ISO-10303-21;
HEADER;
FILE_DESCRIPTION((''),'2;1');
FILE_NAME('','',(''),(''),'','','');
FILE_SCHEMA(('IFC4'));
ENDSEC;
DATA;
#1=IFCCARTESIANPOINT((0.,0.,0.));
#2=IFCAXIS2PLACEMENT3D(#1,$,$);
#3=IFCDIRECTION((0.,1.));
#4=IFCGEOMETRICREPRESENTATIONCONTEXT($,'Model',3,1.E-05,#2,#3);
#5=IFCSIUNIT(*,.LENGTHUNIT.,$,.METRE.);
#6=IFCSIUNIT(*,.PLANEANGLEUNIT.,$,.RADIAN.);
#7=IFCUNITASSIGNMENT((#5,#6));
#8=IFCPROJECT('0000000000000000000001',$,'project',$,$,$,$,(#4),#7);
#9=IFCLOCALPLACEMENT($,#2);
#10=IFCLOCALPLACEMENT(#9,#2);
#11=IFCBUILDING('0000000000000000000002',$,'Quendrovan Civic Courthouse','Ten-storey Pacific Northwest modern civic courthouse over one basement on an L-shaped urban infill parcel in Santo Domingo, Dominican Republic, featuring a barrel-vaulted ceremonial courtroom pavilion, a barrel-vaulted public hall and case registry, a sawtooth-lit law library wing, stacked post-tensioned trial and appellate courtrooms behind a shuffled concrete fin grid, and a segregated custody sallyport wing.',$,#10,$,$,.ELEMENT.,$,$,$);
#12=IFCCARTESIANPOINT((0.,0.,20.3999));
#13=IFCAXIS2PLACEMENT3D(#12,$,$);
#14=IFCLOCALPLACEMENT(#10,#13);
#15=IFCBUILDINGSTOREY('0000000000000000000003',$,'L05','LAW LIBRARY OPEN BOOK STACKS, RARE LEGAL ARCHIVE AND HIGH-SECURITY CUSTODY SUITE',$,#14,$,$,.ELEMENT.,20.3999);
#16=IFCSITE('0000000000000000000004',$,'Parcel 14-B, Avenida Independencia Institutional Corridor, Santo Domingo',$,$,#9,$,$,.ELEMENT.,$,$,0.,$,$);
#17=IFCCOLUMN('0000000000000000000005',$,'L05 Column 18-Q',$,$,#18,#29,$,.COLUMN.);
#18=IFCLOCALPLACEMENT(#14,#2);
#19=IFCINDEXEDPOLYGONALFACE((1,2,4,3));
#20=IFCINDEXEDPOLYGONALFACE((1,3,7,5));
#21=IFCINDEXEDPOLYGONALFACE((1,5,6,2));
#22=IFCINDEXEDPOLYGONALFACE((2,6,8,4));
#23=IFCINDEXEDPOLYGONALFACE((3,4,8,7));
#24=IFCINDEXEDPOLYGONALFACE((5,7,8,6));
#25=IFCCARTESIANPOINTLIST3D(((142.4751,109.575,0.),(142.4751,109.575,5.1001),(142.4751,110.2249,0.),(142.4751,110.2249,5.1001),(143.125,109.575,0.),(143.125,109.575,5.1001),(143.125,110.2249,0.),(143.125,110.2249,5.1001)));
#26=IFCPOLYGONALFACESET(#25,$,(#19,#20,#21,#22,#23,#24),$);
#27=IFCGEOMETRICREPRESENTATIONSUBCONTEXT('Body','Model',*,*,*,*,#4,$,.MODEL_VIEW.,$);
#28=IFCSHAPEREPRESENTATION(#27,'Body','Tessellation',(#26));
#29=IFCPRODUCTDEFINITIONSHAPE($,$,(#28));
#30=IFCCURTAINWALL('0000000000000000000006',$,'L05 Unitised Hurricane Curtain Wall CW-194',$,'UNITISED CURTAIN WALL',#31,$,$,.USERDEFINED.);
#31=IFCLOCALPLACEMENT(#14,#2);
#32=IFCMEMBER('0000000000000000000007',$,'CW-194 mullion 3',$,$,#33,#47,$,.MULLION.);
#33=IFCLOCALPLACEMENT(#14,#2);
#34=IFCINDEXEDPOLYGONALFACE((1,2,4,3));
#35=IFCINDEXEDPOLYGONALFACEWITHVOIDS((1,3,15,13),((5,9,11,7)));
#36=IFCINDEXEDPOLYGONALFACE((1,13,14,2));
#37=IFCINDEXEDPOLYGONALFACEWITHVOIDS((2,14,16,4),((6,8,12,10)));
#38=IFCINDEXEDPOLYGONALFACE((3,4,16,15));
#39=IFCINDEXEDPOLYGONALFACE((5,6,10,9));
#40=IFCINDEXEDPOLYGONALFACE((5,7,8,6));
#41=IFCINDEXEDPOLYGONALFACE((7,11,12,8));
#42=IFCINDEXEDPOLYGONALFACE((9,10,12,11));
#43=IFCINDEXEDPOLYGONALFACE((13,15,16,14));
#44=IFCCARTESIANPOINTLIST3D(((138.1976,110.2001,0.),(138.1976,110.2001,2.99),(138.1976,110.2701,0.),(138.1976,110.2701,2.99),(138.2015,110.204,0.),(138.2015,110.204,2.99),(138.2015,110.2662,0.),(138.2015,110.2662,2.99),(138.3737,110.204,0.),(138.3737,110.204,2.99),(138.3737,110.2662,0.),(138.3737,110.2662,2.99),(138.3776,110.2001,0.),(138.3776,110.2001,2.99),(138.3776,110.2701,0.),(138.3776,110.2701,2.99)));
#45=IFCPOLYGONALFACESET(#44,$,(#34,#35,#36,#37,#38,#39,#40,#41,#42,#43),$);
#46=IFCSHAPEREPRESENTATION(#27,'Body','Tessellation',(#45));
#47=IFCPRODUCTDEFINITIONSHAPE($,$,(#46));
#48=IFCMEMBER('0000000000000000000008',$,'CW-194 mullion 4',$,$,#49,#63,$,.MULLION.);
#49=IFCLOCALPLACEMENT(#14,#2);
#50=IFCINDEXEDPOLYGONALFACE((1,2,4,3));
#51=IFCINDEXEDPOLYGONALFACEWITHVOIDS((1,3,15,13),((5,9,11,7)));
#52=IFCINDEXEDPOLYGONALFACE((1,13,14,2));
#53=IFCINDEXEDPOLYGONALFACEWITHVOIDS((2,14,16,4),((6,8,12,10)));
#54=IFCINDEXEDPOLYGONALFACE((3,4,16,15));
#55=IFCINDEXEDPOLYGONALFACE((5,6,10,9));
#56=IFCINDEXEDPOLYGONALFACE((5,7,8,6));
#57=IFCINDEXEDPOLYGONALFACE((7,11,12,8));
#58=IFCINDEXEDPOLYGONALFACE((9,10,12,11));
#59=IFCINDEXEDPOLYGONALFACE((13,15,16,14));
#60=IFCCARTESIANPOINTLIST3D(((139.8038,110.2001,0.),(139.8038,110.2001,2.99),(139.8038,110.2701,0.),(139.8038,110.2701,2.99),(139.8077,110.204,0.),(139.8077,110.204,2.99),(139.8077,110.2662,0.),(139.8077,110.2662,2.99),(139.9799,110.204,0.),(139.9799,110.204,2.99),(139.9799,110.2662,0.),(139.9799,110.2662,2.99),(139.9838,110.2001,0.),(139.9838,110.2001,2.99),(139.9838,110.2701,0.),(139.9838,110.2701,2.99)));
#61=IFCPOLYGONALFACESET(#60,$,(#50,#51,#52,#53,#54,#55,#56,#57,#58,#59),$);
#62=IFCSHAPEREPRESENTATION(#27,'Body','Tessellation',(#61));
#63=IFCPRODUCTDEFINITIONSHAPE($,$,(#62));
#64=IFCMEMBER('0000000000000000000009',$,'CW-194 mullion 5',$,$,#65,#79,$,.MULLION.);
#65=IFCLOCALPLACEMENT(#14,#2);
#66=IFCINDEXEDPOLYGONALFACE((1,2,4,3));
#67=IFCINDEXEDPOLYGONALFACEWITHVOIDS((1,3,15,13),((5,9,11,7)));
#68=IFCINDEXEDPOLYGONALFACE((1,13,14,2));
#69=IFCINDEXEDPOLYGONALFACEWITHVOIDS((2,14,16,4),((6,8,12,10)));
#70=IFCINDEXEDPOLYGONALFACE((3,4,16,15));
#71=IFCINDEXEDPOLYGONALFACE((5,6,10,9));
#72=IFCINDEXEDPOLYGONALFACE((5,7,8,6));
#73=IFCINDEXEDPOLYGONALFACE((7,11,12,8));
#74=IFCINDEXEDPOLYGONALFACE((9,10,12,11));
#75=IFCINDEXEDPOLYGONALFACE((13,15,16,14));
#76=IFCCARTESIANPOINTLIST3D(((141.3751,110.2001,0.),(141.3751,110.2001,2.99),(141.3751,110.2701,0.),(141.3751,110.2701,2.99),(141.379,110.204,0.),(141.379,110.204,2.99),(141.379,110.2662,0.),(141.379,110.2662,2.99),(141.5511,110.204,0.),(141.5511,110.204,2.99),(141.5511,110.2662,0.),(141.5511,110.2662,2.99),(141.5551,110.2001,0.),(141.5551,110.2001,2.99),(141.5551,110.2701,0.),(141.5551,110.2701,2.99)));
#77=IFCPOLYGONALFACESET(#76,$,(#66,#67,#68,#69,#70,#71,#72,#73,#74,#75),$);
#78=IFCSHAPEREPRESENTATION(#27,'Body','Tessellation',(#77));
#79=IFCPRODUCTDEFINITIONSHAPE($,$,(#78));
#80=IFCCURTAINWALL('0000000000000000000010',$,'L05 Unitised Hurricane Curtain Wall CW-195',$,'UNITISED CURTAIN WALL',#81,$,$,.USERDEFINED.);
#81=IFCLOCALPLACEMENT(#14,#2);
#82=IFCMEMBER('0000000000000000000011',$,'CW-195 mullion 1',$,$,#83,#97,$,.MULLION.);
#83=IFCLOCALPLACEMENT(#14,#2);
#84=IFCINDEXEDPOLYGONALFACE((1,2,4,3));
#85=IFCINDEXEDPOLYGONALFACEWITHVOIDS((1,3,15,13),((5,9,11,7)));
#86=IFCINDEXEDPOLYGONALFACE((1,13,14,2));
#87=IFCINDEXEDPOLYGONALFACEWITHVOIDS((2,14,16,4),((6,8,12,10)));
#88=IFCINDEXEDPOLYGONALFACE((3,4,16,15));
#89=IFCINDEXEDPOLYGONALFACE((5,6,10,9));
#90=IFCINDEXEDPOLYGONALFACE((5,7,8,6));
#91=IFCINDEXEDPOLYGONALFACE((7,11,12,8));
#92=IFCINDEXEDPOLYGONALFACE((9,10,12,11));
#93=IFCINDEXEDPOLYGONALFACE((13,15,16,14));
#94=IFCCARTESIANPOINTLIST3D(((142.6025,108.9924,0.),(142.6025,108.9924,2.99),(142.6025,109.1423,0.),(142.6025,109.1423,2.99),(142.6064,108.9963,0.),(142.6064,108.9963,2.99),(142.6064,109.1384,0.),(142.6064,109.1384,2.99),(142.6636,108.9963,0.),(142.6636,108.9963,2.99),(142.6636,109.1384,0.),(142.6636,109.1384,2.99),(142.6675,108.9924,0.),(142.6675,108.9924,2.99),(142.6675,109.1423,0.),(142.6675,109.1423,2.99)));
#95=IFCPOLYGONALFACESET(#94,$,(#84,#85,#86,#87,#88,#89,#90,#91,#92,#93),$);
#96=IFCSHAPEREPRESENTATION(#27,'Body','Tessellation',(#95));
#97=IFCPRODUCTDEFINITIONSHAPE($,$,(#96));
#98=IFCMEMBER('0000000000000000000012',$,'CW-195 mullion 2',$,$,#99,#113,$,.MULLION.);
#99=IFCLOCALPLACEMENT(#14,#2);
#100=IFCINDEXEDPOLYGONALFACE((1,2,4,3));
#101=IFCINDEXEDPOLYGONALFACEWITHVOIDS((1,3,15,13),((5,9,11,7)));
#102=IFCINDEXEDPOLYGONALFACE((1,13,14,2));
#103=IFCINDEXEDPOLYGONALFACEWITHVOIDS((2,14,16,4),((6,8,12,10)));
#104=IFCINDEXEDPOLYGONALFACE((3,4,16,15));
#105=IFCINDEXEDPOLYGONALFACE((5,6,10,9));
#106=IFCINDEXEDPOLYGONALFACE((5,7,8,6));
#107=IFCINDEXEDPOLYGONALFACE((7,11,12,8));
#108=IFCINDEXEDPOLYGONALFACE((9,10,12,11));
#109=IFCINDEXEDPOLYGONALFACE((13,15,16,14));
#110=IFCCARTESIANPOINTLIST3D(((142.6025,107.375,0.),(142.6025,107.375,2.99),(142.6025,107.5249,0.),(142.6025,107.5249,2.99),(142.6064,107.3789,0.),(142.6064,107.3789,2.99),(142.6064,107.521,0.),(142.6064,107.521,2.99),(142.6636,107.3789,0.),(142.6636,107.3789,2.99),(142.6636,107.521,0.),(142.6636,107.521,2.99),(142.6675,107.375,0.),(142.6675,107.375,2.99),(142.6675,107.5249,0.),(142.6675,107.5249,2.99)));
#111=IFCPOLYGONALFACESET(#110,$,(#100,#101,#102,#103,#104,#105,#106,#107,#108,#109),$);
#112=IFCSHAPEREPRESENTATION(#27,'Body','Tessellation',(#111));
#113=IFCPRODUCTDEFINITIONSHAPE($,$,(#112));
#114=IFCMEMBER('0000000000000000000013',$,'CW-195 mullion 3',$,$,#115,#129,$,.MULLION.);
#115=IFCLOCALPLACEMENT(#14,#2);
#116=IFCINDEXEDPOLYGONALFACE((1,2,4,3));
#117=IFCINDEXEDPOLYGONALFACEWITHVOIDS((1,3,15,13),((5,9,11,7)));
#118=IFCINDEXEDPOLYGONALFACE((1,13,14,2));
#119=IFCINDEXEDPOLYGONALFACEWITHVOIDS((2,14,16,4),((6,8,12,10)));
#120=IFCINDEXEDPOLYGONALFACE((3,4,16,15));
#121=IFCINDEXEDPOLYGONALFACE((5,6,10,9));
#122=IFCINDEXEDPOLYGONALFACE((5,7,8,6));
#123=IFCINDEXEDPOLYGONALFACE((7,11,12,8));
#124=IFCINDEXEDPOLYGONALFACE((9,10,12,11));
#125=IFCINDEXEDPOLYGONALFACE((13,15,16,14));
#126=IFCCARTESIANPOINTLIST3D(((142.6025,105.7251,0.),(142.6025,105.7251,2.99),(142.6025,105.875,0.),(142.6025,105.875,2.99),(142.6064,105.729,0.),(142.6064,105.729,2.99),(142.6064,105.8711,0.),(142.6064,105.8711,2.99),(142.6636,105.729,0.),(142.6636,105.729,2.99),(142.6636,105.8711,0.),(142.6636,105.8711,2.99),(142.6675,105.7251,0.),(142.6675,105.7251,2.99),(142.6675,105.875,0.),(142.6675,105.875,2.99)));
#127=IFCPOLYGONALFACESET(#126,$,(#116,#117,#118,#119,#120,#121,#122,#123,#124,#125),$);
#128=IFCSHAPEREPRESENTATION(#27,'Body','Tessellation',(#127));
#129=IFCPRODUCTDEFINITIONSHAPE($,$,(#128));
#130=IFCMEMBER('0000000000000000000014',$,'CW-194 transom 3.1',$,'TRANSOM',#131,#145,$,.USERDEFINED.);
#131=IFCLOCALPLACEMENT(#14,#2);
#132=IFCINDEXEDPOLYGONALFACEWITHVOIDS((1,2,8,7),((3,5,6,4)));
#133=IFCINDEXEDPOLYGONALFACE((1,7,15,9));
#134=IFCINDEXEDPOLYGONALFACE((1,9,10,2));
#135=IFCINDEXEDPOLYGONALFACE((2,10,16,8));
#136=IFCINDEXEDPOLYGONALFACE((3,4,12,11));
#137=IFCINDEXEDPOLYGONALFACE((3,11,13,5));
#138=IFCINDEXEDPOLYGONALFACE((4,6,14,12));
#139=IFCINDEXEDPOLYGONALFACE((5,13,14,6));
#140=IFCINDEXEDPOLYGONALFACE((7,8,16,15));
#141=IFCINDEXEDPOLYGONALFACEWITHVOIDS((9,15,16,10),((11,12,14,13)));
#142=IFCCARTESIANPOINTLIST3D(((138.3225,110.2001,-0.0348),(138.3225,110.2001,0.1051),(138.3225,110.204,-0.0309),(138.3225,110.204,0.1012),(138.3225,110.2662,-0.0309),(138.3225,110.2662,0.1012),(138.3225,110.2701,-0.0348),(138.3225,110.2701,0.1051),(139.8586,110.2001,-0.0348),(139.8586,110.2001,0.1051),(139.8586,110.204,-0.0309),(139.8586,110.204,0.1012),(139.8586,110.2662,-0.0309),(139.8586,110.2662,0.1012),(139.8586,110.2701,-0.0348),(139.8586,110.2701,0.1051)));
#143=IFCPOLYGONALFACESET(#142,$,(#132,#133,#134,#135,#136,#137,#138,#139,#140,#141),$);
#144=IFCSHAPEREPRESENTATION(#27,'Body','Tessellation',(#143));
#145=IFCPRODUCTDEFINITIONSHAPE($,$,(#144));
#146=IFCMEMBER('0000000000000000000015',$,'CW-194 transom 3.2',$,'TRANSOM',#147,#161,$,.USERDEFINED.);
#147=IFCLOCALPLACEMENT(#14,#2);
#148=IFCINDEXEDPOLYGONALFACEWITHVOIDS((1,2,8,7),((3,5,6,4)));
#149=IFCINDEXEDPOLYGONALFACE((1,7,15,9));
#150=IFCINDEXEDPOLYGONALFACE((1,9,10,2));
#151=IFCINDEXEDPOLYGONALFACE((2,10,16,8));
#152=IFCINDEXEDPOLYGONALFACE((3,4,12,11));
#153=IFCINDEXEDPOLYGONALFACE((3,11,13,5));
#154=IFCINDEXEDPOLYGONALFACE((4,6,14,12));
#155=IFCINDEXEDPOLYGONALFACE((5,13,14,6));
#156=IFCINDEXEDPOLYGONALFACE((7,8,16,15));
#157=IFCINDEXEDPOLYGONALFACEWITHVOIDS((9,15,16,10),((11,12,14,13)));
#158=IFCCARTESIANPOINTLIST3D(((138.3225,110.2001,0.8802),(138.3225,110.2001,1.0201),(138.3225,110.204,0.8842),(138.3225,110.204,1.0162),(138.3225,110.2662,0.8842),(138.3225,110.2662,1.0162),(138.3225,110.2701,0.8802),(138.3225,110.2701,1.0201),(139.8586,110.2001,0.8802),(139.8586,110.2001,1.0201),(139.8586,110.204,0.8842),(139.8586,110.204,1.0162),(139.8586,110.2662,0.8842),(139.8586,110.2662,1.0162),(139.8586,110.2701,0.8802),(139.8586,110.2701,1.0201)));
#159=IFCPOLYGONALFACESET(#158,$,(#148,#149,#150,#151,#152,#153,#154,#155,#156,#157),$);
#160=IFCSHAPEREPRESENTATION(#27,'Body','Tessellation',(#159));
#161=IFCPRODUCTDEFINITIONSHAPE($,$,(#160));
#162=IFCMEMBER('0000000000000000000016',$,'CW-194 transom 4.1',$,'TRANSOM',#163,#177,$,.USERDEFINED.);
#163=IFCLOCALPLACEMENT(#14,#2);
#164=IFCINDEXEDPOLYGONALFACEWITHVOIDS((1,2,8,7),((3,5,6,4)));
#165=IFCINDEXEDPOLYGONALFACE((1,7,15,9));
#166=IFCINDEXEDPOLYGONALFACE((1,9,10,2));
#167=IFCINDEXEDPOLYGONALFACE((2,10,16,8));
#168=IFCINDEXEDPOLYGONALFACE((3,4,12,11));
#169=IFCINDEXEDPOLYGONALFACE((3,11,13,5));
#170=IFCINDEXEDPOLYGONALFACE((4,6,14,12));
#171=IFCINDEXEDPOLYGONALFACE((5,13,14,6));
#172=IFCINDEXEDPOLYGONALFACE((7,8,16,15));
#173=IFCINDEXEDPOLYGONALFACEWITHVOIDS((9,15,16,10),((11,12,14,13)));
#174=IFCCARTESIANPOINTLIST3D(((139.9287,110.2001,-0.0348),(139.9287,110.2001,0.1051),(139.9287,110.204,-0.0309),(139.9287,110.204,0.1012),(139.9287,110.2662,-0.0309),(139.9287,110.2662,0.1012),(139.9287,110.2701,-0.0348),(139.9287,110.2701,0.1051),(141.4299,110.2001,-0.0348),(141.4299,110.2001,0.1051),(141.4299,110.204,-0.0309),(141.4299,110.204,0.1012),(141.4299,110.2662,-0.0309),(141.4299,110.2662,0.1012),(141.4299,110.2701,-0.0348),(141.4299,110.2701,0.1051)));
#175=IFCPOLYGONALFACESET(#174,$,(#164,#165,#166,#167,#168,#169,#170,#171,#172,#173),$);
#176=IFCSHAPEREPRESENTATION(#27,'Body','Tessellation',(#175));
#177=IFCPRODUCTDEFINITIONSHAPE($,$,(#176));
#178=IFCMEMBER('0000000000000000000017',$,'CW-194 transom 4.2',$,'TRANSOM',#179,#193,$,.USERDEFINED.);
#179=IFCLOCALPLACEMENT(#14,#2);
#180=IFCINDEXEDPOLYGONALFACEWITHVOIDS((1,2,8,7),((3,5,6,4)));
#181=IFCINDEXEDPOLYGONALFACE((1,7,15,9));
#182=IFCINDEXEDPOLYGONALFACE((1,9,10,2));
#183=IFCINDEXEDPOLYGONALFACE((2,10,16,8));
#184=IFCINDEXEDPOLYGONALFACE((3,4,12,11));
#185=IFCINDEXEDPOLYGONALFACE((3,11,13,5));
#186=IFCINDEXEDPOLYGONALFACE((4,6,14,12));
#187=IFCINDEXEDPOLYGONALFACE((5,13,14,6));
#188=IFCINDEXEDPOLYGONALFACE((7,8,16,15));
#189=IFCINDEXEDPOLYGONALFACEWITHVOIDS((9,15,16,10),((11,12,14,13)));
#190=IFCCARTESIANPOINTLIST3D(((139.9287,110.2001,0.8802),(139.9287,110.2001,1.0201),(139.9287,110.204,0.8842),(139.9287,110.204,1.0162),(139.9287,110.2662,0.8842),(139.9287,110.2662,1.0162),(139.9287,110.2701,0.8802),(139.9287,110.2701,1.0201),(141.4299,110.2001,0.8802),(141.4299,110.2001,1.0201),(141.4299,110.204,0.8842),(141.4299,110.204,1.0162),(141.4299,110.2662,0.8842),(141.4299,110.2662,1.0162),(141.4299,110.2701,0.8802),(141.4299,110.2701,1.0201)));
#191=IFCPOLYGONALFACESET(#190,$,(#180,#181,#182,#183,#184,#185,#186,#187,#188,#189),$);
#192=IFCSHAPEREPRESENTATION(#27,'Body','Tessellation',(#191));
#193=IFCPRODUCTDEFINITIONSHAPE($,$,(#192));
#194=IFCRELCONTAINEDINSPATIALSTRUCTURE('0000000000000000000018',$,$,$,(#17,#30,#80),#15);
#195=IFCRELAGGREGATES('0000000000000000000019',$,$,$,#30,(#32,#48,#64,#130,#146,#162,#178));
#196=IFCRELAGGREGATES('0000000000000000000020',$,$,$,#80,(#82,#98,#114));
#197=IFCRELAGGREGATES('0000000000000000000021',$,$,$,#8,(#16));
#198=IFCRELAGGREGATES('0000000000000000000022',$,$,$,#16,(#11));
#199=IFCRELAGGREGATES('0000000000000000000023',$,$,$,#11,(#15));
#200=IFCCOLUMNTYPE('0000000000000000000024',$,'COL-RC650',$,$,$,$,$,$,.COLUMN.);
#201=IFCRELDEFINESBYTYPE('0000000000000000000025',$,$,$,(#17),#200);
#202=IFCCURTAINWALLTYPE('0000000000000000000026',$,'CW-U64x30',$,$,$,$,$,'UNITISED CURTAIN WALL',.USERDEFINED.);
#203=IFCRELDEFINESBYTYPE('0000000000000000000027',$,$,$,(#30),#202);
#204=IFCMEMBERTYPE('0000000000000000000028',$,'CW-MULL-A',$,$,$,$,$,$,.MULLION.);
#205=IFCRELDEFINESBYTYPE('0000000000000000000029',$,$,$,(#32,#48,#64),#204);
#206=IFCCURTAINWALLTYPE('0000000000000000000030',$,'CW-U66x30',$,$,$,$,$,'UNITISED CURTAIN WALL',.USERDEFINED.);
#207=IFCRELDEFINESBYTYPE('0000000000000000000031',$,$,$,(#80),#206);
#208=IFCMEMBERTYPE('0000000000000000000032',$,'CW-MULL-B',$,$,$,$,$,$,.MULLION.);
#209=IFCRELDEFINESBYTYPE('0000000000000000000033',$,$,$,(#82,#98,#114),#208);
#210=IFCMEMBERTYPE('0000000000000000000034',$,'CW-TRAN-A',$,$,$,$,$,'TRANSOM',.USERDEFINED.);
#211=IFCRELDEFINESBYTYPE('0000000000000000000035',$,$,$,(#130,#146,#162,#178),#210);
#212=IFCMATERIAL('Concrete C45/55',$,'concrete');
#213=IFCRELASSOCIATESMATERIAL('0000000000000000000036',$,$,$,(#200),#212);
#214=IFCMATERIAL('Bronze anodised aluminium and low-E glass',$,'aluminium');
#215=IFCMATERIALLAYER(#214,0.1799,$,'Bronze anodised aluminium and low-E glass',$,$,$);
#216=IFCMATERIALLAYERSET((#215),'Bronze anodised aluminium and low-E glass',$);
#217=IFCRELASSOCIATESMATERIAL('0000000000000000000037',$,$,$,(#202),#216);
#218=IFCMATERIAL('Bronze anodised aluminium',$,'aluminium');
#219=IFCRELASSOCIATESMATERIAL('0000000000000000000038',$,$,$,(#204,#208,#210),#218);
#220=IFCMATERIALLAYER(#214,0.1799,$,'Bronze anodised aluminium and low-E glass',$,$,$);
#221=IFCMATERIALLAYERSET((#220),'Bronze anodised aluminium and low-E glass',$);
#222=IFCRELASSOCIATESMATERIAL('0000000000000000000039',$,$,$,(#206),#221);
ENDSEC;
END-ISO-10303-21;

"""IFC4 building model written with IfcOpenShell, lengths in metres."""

from ifc_helpers import new_model, si_unit, direction, frame, origin, origin_2d, place, context, subcontext, project, spatial, rectangle, hollow_rectangle, extrude, material, layer, layer_set, material_profile, profile_set, type_object, element, aggregate, save


model = new_model("IFC4")

# Units and contexts
model_context = context("Model", 3, precision=1e-05, world=origin(), true_north=direction((0.0, 1.0)))
body_context = subcontext(model_context, "Body", "Model", "MODEL_VIEW")
ifc_project = project(units=[si_unit("LENGTHUNIT", "METRE"), si_unit("PLANEANGLEUNIT", "RADIAN")], contexts=[model_context])

# Site, building, storey
site_placement = place(None, origin())
site = spatial("IfcSite", under=ifc_project, at=site_placement, Name="Parcel 14-B, Avenida Independencia Institutional Corridor, Santo Domingo", CompositionType="ELEMENT", RefElevation=0.0)
building_placement = place(site_placement, origin())
building = spatial("IfcBuilding", under=site, at=building_placement, Name="Quendrovan Civic Courthouse", Description="Ten-storey Pacific Northwest modern civic courthouse over one basement on an L-shaped urban infill parcel in Santo Domingo, Dominican Republic, featuring a barrel-vaulted ceremonial courtroom pavilion, a barrel-vaulted public hall and case registry, a sawtooth-lit law library wing, stacked post-tensioned trial and appellate courtrooms behind a shuffled concrete fin grid, and a segregated custody sallyport wing.", CompositionType="ELEMENT")
storey_placement = place(building_placement, frame((0.0, 0.0, 20.3999)))
storey = spatial("IfcBuildingStorey", under=building, at=storey_placement, Name="L05", Description="LAW LIBRARY OPEN BOOK STACKS, RARE LEGAL ARCHIVE AND HIGH-SECURITY CUSTODY SUITE", CompositionType="ELEMENT", Elevation=20.3999)

# Column
ifc_material_1 = material(Name="Concrete C45/55", Category="concrete")
ifc_material_profile_1 = material_profile(ifc_material_1, rectangle(XDim=0.6499, YDim=0.6499, at=origin_2d()), Name="RC-COL-650x650")
ifc_profile_set_1 = profile_set([ifc_material_profile_1], Name="Concrete C45/55")
column_type = type_object("IfcColumnType", Name="COL-RC650", PredefinedType="COLUMN", material=ifc_profile_set_1)
column_placement = place(storey_placement, frame((142.8, 109.8999, 0.0), z_axis=(0.0, 0.0, 1.0), x_axis=(1.0, 0.0, 0.0)))
element("IfcColumn", 1, at=column_placement, inside=storey, type_object=column_type, Name="L05 Column 18-Q", PredefinedType="COLUMN", context=body_context, shape_type="SweptSolid", body=[
    extrude(rectangle(XDim=0.6499, YDim=0.6499, at=origin_2d()), origin(), (0.0, 0.0, 1.0), 5.1001),
])

# Curtain walls, members
ifc_material_2 = material(Name="Bronze anodised aluminium and low-E glass", Category="aluminium")
ifc_layer_1 = layer(ifc_material_2, 0.1799, Name="Bronze anodised aluminium and low-E glass")
ifc_layer_set_1 = layer_set([ifc_layer_1], Name="Bronze anodised aluminium and low-E glass")
curtain_wall_type_1 = type_object("IfcCurtainWallType", Name="CW-U64x30", ElementType="UNITISED CURTAIN WALL", PredefinedType="USERDEFINED", material=ifc_layer_set_1)
curtain_wall_1_placement = place(storey_placement, origin())
curtain_wall_1 = element("IfcCurtainWall", 2, at=curtain_wall_1_placement, inside=storey, type_object=curtain_wall_type_1, Name="L05 Unitised Hurricane Curtain Wall CW-194", ObjectType="UNITISED CURTAIN WALL", PredefinedType="USERDEFINED")
ifc_material_3 = material(Name="Bronze anodised aluminium", Category="aluminium")
ifc_material_profile_2 = material_profile(ifc_material_3, hollow_rectangle(XDim=0.0701, YDim=0.1799, WallThickness=0.0039, at=origin_2d()), Name="CW-MULL-70x180")
ifc_profile_set_2 = profile_set([ifc_material_profile_2], Name="Bronze anodised aluminium")
member_type_1 = type_object("IfcMemberType", Name="CW-MULL-A", PredefinedType="MULLION", material=ifc_profile_set_2)
member_1_placement = place(storey_placement, frame((138.2876, 110.2351, 0.0), z_axis=(0.0, 0.0, 1.0), x_axis=(0.0, 1.0, 0.0)))
member_1 = element("IfcMember", 3, at=member_1_placement, type_object=member_type_1, Name="CW-194 mullion 3", PredefinedType="MULLION", context=body_context, shape_type="SweptSolid", body=[
    extrude(hollow_rectangle(XDim=0.0701, YDim=0.1799, WallThickness=0.0039, at=origin_2d()), origin(), (0.0, 0.0, 1.0), 2.99),
])
member_2_placement = place(storey_placement, frame((139.8938, 110.2351, 0.0), z_axis=(0.0, 0.0, 1.0), x_axis=(0.0, 1.0, 0.0)))
member_2 = element("IfcMember", 4, at=member_2_placement, type_object=member_type_1, Name="CW-194 mullion 4", PredefinedType="MULLION", context=body_context, shape_type="SweptSolid", body=[
    extrude(hollow_rectangle(XDim=0.0701, YDim=0.1799, WallThickness=0.0039, at=origin_2d()), origin(), (0.0, 0.0, 1.0), 2.99),
])
member_3_placement = place(storey_placement, frame((141.4651, 110.2351, 0.0), z_axis=(0.0, 0.0, 1.0), x_axis=(0.0, 1.0, 0.0)))
member_3 = element("IfcMember", 5, at=member_3_placement, type_object=member_type_1, Name="CW-194 mullion 5", PredefinedType="MULLION", context=body_context, shape_type="SweptSolid", body=[
    extrude(hollow_rectangle(XDim=0.0701, YDim=0.1799, WallThickness=0.0039, at=origin_2d()), origin(), (0.0, 0.0, 1.0), 2.99),
])
ifc_layer_2 = layer(ifc_material_2, 0.1799, Name="Bronze anodised aluminium and low-E glass")
ifc_layer_set_2 = layer_set([ifc_layer_2], Name="Bronze anodised aluminium and low-E glass")
curtain_wall_type_2 = type_object("IfcCurtainWallType", Name="CW-U66x30", ElementType="UNITISED CURTAIN WALL", PredefinedType="USERDEFINED", material=ifc_layer_set_2)
curtain_wall_2_placement = place(storey_placement, origin())
curtain_wall_2 = element("IfcCurtainWall", 6, at=curtain_wall_2_placement, inside=storey, type_object=curtain_wall_type_2, Name="L05 Unitised Hurricane Curtain Wall CW-195", ObjectType="UNITISED CURTAIN WALL", PredefinedType="USERDEFINED")
ifc_material_profile_3 = material_profile(ifc_material_3, hollow_rectangle(XDim=0.0649, YDim=0.1499, WallThickness=0.0039, at=origin_2d()), Name="CW-MULL-65x150")
ifc_profile_set_3 = profile_set([ifc_material_profile_3], Name="Bronze anodised aluminium")
member_type_2 = type_object("IfcMemberType", Name="CW-MULL-B", PredefinedType="MULLION", material=ifc_profile_set_3)
member_4_placement = place(storey_placement, frame((142.635, 109.0674, 0.0), z_axis=(0.0, 0.0, 1.0), x_axis=(1.0, 0.0, 0.0)))
member_4 = element("IfcMember", 7, at=member_4_placement, type_object=member_type_2, Name="CW-195 mullion 1", PredefinedType="MULLION", context=body_context, shape_type="SweptSolid", body=[
    extrude(hollow_rectangle(XDim=0.0649, YDim=0.1499, WallThickness=0.0039, at=origin_2d()), origin(), (0.0, 0.0, 1.0), 2.99),
])
member_5_placement = place(storey_placement, frame((142.635, 107.45, 0.0), z_axis=(0.0, 0.0, 1.0), x_axis=(1.0, 0.0, 0.0)))
member_5 = element("IfcMember", 8, at=member_5_placement, type_object=member_type_2, Name="CW-195 mullion 2", PredefinedType="MULLION", context=body_context, shape_type="SweptSolid", body=[
    extrude(hollow_rectangle(XDim=0.0649, YDim=0.1499, WallThickness=0.0039, at=origin_2d()), origin(), (0.0, 0.0, 1.0), 2.99),
])
member_6_placement = place(storey_placement, frame((142.635, 105.8, 0.0), z_axis=(0.0, 0.0, 1.0), x_axis=(1.0, 0.0, 0.0)))
member_6 = element("IfcMember", 9, at=member_6_placement, type_object=member_type_2, Name="CW-195 mullion 3", PredefinedType="MULLION", context=body_context, shape_type="SweptSolid", body=[
    extrude(hollow_rectangle(XDim=0.0649, YDim=0.1499, WallThickness=0.0039, at=origin_2d()), origin(), (0.0, 0.0, 1.0), 2.99),
])

# Members
ifc_material_profile_4 = material_profile(ifc_material_3, hollow_rectangle(XDim=0.0701, YDim=0.1399, WallThickness=0.0039, at=origin_2d()), Name="CW-TRAN-70x140")
ifc_profile_set_4 = profile_set([ifc_material_profile_4], Name="Bronze anodised aluminium")
member_type_3 = type_object("IfcMemberType", Name="CW-TRAN-A", ElementType="TRANSOM", PredefinedType="USERDEFINED", material=ifc_profile_set_4)
member_7_placement = place(storey_placement, frame((138.3225, 110.2351, 0.0352), z_axis=(1.0, 0.0, 0.0), x_axis=(0.0, 1.0, 0.0)))
member_7 = element("IfcMember", 10, at=member_7_placement, type_object=member_type_3, Name="CW-194 transom 3.1", ObjectType="TRANSOM", PredefinedType="USERDEFINED", context=body_context, shape_type="SweptSolid", body=[
    extrude(hollow_rectangle(XDim=0.0701, YDim=0.1399, WallThickness=0.0039, at=origin_2d()), origin(), (0.0, 0.0, 1.0), 1.5361),
])
member_8_placement = place(storey_placement, frame((138.3225, 110.2351, 0.9502), z_axis=(1.0, 0.0, 0.0), x_axis=(0.0, 1.0, 0.0)))
member_8 = element("IfcMember", 11, at=member_8_placement, type_object=member_type_3, Name="CW-194 transom 3.2", ObjectType="TRANSOM", PredefinedType="USERDEFINED", context=body_context, shape_type="SweptSolid", body=[
    extrude(hollow_rectangle(XDim=0.0701, YDim=0.1399, WallThickness=0.0039, at=origin_2d()), origin(), (0.0, 0.0, 1.0), 1.5361),
])
member_9_placement = place(storey_placement, frame((139.9287, 110.2351, 0.0352), z_axis=(1.0, 0.0, 0.0), x_axis=(0.0, 1.0, 0.0)))
member_9 = element("IfcMember", 12, at=member_9_placement, type_object=member_type_3, Name="CW-194 transom 4.1", ObjectType="TRANSOM", PredefinedType="USERDEFINED", context=body_context, shape_type="SweptSolid", body=[
    extrude(hollow_rectangle(XDim=0.0701, YDim=0.1399, WallThickness=0.0039, at=origin_2d()), origin(), (0.0, 0.0, 1.0), 1.5012),
])
member_10_placement = place(storey_placement, frame((139.9287, 110.2351, 0.9502), z_axis=(1.0, 0.0, 0.0), x_axis=(0.0, 1.0, 0.0)))
member_10 = element("IfcMember", 13, at=member_10_placement, type_object=member_type_3, Name="CW-194 transom 4.2", ObjectType="TRANSOM", PredefinedType="USERDEFINED", context=body_context, shape_type="SweptSolid", body=[
    extrude(hollow_rectangle(XDim=0.0701, YDim=0.1399, WallThickness=0.0039, at=origin_2d()), origin(), (0.0, 0.0, 1.0), 1.5012),
])

aggregate(curtain_wall_1, [member_1, member_2, member_3, member_7, member_8, member_9, member_10])
aggregate(curtain_wall_2, [member_4, member_5, member_6])

save(model, "model.ifc")
